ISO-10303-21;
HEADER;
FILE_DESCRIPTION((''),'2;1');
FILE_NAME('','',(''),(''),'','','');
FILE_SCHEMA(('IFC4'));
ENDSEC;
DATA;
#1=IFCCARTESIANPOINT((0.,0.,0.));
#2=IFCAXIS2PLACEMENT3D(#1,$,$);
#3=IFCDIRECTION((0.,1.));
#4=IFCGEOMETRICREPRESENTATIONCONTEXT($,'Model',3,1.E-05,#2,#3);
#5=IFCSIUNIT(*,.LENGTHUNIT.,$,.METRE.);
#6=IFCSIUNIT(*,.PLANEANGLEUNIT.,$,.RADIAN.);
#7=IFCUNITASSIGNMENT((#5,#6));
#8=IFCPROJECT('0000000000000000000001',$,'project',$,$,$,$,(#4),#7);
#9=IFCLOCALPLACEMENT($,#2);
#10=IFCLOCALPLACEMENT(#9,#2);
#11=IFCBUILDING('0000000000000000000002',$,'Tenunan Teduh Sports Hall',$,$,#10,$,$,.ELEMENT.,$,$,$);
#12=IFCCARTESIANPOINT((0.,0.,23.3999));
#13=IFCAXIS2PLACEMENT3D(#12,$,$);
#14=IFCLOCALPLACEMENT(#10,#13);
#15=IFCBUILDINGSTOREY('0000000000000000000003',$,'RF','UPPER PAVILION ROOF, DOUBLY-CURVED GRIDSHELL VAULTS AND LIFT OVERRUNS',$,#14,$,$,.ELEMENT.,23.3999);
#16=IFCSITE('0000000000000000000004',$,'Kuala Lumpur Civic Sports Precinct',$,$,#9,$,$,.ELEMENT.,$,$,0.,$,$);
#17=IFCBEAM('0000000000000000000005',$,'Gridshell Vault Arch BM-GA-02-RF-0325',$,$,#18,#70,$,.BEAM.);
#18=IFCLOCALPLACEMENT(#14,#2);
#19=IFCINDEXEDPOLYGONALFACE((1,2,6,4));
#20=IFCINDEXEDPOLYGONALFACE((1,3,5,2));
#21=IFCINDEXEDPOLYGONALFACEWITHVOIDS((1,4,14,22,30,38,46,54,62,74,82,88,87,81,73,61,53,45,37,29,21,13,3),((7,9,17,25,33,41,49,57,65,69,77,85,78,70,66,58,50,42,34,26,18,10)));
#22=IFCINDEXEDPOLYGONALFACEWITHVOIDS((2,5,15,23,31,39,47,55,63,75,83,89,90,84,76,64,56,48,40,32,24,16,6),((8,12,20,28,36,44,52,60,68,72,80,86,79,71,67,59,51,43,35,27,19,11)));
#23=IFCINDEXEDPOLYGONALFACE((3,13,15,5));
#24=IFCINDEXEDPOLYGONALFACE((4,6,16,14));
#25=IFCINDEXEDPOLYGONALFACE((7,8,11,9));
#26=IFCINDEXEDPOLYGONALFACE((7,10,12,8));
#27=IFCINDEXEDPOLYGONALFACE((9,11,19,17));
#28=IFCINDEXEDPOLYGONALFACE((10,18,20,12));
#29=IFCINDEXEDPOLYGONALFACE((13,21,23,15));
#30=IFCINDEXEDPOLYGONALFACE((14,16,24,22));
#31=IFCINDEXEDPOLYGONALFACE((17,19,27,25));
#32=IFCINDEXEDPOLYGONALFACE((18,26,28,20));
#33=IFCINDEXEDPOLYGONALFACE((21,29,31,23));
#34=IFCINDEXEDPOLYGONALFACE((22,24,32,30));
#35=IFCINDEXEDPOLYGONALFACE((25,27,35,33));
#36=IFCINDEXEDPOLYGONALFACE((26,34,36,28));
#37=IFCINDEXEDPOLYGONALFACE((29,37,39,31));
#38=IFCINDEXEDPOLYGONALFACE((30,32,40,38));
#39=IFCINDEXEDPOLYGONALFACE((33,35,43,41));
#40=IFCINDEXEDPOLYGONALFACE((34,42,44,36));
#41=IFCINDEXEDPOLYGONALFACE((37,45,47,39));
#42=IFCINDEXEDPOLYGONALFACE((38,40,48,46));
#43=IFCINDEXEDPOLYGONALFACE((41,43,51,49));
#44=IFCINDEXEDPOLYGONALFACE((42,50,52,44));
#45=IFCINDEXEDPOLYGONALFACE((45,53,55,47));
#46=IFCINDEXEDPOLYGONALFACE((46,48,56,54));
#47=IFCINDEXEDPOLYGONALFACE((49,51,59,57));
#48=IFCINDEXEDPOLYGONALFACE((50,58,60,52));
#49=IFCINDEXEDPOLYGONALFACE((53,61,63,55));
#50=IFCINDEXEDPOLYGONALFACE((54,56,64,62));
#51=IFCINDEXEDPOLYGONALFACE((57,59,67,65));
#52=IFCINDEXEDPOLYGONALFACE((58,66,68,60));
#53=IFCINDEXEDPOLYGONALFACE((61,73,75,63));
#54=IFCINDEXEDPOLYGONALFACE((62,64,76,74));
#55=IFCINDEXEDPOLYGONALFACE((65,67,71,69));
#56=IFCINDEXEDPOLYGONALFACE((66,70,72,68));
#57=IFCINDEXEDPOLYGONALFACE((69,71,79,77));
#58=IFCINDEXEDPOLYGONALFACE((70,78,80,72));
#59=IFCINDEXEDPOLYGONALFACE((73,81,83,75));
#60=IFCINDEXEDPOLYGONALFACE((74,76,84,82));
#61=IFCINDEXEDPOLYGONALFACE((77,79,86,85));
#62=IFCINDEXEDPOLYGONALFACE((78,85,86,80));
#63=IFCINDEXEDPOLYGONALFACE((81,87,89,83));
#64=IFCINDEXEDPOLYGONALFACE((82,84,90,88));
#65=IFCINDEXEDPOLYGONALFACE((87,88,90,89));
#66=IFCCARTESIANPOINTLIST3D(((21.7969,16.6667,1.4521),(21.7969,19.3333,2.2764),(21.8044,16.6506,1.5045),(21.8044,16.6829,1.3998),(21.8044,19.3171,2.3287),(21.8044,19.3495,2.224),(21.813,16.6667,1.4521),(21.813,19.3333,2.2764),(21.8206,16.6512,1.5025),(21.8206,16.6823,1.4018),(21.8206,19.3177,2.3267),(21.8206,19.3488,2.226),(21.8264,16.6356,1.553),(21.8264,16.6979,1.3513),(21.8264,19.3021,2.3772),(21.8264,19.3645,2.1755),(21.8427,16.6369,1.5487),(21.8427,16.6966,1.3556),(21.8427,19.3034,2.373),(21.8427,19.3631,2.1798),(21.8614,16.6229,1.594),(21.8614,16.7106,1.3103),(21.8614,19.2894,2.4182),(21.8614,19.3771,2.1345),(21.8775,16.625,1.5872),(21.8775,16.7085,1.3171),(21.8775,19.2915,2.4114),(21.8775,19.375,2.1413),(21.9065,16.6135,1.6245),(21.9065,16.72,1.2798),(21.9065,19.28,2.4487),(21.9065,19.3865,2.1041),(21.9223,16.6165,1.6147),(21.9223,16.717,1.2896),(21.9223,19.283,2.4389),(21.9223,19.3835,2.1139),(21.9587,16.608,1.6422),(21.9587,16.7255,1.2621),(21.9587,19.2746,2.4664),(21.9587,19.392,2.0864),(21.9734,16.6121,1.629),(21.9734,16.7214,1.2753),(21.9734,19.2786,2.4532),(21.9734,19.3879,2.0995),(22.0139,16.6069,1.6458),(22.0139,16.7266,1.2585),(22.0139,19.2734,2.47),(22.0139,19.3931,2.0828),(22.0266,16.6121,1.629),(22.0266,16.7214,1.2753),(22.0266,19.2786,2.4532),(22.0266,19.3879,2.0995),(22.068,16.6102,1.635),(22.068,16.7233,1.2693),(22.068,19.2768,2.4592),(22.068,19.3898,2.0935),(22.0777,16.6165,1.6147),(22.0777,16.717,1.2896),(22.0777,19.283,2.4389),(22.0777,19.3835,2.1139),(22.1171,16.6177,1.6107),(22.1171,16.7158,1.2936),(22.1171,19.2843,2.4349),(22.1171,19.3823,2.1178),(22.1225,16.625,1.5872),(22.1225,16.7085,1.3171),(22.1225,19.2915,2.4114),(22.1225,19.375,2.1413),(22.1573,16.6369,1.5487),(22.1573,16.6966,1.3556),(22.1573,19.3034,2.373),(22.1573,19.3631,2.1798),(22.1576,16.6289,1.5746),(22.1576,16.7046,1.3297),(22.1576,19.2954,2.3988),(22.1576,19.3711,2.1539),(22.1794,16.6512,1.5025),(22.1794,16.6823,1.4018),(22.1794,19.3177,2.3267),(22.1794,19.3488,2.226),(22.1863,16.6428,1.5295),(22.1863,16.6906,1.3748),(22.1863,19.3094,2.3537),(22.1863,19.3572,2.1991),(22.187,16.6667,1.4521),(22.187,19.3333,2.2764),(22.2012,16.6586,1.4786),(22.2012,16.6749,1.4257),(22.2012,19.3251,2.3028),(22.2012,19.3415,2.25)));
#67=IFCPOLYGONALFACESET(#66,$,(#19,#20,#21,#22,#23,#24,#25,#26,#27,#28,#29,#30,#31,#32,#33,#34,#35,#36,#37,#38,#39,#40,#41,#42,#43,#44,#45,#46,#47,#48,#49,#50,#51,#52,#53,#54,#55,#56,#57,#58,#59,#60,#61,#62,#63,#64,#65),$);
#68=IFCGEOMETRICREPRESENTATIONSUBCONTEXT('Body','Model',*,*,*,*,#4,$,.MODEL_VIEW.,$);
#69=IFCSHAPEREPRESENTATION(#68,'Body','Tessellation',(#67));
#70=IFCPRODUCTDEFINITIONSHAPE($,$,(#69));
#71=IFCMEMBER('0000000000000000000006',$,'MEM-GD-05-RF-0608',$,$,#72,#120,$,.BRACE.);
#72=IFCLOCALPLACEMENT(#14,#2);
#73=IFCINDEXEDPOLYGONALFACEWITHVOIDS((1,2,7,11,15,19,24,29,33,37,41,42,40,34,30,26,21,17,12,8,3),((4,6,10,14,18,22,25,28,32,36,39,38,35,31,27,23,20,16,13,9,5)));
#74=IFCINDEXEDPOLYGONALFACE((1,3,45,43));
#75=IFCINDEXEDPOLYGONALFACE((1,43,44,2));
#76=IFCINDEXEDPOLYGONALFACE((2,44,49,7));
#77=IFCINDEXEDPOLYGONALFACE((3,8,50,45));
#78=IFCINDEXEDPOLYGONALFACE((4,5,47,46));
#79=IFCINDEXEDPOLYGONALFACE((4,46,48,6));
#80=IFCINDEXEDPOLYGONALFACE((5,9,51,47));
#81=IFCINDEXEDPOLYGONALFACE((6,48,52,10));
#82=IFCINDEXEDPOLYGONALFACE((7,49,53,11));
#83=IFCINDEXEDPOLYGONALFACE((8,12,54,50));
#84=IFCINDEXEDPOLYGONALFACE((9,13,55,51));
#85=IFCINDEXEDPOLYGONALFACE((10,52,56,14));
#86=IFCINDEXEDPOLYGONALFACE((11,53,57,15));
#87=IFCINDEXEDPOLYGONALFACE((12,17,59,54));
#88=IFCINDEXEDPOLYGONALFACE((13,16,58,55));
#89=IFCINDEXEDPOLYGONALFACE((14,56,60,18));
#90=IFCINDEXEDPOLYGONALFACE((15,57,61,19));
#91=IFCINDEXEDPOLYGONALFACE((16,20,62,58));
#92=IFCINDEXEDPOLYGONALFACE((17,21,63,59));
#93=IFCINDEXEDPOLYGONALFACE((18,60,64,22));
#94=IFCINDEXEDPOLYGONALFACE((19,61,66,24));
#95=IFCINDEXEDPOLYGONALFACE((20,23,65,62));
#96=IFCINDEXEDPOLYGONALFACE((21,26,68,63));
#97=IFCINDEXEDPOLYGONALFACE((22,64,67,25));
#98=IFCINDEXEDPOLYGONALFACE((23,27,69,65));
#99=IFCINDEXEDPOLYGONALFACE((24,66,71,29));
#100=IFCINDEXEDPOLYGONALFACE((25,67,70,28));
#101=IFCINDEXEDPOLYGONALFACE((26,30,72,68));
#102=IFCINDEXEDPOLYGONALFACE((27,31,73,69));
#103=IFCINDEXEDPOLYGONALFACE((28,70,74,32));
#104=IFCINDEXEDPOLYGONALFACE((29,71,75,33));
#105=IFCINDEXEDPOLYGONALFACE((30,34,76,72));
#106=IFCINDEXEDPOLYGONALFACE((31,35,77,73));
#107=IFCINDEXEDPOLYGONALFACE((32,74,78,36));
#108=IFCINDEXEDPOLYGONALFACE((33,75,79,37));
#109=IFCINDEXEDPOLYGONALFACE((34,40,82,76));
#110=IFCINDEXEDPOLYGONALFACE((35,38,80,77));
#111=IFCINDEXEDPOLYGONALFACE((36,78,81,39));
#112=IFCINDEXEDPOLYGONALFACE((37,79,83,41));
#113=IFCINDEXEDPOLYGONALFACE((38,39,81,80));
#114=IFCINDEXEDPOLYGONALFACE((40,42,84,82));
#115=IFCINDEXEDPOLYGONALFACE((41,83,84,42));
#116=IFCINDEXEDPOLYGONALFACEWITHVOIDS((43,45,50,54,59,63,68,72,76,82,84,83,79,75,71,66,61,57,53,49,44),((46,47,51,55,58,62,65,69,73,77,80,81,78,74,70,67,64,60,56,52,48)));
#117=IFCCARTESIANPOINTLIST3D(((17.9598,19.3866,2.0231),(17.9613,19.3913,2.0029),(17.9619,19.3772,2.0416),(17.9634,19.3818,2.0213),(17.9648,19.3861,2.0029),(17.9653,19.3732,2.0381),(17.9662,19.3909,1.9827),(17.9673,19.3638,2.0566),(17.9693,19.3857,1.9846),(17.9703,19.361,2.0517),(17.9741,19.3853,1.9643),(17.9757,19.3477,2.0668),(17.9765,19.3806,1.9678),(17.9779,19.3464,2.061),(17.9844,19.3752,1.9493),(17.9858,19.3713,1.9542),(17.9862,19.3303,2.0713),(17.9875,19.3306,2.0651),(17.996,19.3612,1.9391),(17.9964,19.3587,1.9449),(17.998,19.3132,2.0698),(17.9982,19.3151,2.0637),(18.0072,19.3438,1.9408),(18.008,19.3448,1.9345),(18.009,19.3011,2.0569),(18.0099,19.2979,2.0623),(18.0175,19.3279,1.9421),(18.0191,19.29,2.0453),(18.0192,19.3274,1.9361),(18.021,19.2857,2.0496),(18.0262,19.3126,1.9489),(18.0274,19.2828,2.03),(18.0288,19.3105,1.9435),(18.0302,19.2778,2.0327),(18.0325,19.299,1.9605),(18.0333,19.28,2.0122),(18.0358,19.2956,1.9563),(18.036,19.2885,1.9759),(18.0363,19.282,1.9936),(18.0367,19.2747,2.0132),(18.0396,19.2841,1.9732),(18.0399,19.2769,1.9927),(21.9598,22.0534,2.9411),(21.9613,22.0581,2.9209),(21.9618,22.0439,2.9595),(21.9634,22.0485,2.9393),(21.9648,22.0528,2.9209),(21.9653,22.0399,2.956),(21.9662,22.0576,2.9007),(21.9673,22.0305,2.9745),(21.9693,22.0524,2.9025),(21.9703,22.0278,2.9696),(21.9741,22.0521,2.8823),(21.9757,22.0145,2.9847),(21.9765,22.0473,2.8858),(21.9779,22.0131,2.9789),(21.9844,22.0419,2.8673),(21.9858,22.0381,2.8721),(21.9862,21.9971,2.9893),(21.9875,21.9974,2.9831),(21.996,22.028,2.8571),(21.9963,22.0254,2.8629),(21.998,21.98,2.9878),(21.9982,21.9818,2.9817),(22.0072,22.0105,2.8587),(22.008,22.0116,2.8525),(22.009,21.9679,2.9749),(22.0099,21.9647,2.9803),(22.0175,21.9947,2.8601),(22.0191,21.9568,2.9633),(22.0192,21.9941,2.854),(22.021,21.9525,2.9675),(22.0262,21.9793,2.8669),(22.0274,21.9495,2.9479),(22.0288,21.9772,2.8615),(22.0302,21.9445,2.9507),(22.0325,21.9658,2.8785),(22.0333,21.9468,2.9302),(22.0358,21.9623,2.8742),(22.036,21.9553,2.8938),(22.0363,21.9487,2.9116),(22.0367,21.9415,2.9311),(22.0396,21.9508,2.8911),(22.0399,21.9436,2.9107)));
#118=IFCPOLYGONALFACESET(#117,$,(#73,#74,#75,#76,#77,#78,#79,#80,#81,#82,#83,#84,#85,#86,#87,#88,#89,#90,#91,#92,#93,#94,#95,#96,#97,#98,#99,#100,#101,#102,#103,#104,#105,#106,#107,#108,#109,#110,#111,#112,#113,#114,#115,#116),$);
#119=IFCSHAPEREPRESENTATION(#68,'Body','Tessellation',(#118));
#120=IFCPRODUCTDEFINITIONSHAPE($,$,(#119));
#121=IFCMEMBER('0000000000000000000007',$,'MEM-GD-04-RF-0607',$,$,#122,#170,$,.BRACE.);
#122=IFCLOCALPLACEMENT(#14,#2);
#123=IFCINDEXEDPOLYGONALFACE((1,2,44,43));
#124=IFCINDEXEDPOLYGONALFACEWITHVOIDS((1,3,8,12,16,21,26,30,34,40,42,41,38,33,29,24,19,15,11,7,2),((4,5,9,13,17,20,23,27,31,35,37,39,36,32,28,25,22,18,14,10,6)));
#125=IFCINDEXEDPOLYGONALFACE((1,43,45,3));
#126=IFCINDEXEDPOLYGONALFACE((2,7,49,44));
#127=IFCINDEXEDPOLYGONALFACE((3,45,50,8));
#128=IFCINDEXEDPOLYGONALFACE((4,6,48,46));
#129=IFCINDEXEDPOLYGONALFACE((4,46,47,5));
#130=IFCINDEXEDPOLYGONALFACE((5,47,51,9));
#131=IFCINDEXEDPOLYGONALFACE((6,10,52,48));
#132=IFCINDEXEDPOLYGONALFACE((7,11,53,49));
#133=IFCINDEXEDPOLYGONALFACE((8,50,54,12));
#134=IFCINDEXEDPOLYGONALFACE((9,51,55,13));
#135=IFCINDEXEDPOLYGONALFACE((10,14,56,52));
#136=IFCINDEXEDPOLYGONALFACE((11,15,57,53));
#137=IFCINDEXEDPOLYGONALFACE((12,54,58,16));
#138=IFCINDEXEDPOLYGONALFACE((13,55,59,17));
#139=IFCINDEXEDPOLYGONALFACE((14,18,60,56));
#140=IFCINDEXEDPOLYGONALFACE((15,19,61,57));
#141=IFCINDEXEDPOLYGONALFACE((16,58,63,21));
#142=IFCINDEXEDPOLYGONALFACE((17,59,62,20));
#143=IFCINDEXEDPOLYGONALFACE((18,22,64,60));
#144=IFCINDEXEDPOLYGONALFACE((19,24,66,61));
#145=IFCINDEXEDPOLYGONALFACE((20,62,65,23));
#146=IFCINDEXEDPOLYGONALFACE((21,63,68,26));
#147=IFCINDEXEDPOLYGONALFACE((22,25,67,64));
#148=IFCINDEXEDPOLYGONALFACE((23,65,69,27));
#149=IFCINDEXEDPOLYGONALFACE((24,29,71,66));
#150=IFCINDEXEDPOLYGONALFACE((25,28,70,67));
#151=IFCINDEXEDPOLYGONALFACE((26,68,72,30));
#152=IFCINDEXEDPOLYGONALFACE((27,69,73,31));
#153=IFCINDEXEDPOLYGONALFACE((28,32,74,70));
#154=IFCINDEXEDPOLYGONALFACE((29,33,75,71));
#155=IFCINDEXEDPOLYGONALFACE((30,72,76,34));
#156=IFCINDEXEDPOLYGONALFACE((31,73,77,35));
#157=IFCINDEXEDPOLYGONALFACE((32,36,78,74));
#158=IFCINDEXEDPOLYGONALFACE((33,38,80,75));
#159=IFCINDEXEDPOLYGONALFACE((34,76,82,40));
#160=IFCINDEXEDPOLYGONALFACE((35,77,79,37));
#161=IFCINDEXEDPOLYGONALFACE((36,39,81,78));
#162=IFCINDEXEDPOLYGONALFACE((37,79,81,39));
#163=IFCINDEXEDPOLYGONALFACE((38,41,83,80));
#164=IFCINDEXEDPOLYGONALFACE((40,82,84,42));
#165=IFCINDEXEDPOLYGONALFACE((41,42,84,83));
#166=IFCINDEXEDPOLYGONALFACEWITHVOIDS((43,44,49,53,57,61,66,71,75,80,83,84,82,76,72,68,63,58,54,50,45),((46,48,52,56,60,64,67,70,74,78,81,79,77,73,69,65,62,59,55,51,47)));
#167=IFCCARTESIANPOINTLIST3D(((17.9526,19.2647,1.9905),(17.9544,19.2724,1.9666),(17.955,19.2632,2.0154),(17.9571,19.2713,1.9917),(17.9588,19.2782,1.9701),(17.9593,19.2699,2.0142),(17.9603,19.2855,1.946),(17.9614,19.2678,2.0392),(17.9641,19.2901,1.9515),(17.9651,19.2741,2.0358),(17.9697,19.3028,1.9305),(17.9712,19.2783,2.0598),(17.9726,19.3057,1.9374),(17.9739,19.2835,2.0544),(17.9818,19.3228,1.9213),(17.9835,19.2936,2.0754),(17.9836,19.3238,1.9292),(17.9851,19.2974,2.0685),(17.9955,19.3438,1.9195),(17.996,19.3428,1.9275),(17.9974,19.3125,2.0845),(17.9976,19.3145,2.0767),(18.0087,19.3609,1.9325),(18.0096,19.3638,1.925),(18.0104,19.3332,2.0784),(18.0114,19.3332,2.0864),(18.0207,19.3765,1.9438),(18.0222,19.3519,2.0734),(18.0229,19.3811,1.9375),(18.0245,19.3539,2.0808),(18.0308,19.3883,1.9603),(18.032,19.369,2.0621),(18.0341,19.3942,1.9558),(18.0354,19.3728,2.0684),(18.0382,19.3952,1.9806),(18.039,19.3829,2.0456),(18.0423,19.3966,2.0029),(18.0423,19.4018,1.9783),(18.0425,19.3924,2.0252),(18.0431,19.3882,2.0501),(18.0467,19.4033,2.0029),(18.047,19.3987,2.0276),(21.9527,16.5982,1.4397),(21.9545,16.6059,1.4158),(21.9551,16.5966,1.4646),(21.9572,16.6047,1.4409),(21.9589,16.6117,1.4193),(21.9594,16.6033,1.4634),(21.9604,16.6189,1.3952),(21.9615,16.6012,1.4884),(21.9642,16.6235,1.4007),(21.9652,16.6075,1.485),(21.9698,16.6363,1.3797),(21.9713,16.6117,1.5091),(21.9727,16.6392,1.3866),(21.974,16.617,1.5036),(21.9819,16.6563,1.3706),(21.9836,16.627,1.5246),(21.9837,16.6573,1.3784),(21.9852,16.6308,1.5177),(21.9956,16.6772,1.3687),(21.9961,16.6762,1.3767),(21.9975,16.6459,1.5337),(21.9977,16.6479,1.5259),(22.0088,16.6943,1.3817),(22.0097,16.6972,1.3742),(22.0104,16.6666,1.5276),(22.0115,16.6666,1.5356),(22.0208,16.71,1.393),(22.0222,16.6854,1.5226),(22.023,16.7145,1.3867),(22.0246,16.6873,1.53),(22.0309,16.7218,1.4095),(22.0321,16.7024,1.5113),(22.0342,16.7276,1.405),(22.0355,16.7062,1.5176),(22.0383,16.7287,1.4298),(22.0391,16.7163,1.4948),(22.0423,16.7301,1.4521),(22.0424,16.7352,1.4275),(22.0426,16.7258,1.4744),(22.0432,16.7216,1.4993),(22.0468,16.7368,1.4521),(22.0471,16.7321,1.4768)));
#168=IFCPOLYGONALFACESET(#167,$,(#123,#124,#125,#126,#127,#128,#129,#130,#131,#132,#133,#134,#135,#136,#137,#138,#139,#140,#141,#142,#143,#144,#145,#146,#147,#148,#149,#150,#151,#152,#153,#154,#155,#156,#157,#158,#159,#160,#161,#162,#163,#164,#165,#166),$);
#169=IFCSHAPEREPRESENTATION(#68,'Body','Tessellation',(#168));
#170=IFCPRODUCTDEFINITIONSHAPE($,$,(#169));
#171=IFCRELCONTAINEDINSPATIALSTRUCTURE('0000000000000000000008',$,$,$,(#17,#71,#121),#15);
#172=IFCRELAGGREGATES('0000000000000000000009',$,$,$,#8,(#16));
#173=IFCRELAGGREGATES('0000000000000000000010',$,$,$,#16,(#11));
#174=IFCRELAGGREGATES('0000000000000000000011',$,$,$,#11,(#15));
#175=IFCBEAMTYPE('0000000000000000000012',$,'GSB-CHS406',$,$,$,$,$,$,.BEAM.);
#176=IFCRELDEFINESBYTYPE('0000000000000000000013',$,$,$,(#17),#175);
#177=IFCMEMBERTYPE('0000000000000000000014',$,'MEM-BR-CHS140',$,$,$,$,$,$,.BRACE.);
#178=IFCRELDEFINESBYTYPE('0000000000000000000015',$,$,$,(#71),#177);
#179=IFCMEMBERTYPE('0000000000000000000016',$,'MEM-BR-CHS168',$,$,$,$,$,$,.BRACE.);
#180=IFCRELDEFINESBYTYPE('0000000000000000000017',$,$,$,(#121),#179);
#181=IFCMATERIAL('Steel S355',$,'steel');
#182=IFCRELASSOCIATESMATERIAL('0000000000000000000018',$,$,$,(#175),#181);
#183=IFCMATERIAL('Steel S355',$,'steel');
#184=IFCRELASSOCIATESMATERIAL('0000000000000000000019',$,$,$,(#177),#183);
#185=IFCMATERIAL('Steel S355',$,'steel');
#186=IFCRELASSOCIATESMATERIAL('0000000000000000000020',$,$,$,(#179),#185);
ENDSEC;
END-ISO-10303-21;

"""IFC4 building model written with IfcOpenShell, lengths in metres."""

from ifc_helpers import new_model, si_unit, direction, frame, origin, origin_2d, place, context, subcontext, project, spatial, hollow_circle, extrude, material, material_profile, profile_set, type_object, element, save


model = new_model("IFC4")

# Units and contexts
model_context = context("Model", 3, precision=1e-05, world=origin(), true_north=direction((0.0, 1.0)))
body_context = subcontext(model_context, "Body", "Model", "MODEL_VIEW")
ifc_project = project(units=[si_unit("LENGTHUNIT", "METRE"), si_unit("PLANEANGLEUNIT", "RADIAN")], contexts=[model_context])

# Site, building, storey
site_placement = place(None, origin())
site = spatial("IfcSite", under=ifc_project, at=site_placement, Name="Kuala Lumpur Civic Sports Precinct", CompositionType="ELEMENT", RefElevation=0.0)
building_placement = place(site_placement, origin())
building = spatial("IfcBuilding", under=site, at=building_placement, Name="Tenunan Teduh Sports Hall", CompositionType="ELEMENT")
storey_placement = place(building_placement, frame((0.0, 0.0, 23.3999)))
storey = spatial("IfcBuildingStorey", under=building, at=storey_placement, Name="RF", Description="UPPER PAVILION ROOF, DOUBLY-CURVED GRIDSHELL VAULTS AND LIFT OVERRUNS", CompositionType="ELEMENT", Elevation=23.3999)

# Beam
ifc_material_1 = material(Name="Steel S355", Category="steel")
ifc_material_profile_1 = material_profile(ifc_material_1, hollow_circle(Radius=0.2031, WallThickness=0.0161, at=origin_2d()), Name="CHS 406.4x16.0")
ifc_profile_set_1 = profile_set([ifc_material_profile_1], Name="Steel S355")
beam_type_1 = type_object("IfcBeamType", Name="GSB-CHS406", PredefinedType="BEAM", material=ifc_profile_set_1)
beam_1_placement = place(storey_placement, frame((22.0, 16.6667, 1.4521), z_axis=(0.0, 0.9554, 0.295315), x_axis=(-1.0, 0.0, 0.0)))
element("IfcBeam", 1, at=beam_1_placement, inside=storey, type_object=beam_type_1, Name="Gridshell Vault Arch BM-GA-02-RF-0325", PredefinedType="BEAM", context=body_context, shape_type="SweptSolid", body=[
    extrude(hollow_circle(Radius=0.2031, WallThickness=0.0161, at=origin_2d()), origin(), (0.0, 0.0, 1.0), 2.791),
])

# Members
ifc_material_2 = material(Name="Steel S355", Category="steel")
ifc_material_profile_2 = material_profile(ifc_material_2, hollow_circle(Radius=0.0698, WallThickness=0.0063, at=origin_2d()), Name="CHS 139.7x6.3")
ifc_profile_set_2 = profile_set([ifc_material_profile_2], Name="Steel S355")
member_type_1 = type_object("IfcMemberType", Name="MEM-BR-CHS140", PredefinedType="BRACE", material=ifc_profile_set_2)
member_1_placement = place(storey_placement, frame((18.0, 19.3333, 2.0029), z_axis=(0.817277, 0.544868, 0.187559), x_axis=(-0.554712, 0.832042, 0.0)))
element("IfcMember", 2, at=member_1_placement, inside=storey, type_object=member_type_1, Name="MEM-GD-05-RF-0608", PredefinedType="BRACE", context=body_context, shape_type="SweptSolid", body=[
    extrude(hollow_circle(Radius=0.0698, WallThickness=0.0063, at=origin_2d()), origin(), (0.0, 0.0, 1.0), 4.8943),
])
ifc_material_3 = material(Name="Steel S355", Category="steel")
ifc_material_profile_3 = material_profile(ifc_material_3, hollow_circle(Radius=0.0842, WallThickness=0.0081, at=origin_2d()), Name="CHS 168.3x8.0")
ifc_profile_set_3 = profile_set([ifc_material_profile_3], Name="Steel S355")
member_type_2 = type_object("IfcMemberType", Name="MEM-BR-CHS168", PredefinedType="BRACE", material=ifc_profile_set_3)
member_2_placement = place(storey_placement, frame((18.0, 19.3333, 2.0029), z_axis=(0.826658, -0.551072, -0.113827), x_axis=(0.554677, 0.832066, 0.0)))
element("IfcMember", 3, at=member_2_placement, inside=storey, type_object=member_type_2, Name="MEM-GD-04-RF-0607", PredefinedType="BRACE", context=body_context, shape_type="SweptSolid", body=[
    extrude(hollow_circle(Radius=0.0842, WallThickness=0.0081, at=origin_2d()), origin(), (0.0, 0.0, 1.0), 4.8389),
])

save(model, "model.ifc")
